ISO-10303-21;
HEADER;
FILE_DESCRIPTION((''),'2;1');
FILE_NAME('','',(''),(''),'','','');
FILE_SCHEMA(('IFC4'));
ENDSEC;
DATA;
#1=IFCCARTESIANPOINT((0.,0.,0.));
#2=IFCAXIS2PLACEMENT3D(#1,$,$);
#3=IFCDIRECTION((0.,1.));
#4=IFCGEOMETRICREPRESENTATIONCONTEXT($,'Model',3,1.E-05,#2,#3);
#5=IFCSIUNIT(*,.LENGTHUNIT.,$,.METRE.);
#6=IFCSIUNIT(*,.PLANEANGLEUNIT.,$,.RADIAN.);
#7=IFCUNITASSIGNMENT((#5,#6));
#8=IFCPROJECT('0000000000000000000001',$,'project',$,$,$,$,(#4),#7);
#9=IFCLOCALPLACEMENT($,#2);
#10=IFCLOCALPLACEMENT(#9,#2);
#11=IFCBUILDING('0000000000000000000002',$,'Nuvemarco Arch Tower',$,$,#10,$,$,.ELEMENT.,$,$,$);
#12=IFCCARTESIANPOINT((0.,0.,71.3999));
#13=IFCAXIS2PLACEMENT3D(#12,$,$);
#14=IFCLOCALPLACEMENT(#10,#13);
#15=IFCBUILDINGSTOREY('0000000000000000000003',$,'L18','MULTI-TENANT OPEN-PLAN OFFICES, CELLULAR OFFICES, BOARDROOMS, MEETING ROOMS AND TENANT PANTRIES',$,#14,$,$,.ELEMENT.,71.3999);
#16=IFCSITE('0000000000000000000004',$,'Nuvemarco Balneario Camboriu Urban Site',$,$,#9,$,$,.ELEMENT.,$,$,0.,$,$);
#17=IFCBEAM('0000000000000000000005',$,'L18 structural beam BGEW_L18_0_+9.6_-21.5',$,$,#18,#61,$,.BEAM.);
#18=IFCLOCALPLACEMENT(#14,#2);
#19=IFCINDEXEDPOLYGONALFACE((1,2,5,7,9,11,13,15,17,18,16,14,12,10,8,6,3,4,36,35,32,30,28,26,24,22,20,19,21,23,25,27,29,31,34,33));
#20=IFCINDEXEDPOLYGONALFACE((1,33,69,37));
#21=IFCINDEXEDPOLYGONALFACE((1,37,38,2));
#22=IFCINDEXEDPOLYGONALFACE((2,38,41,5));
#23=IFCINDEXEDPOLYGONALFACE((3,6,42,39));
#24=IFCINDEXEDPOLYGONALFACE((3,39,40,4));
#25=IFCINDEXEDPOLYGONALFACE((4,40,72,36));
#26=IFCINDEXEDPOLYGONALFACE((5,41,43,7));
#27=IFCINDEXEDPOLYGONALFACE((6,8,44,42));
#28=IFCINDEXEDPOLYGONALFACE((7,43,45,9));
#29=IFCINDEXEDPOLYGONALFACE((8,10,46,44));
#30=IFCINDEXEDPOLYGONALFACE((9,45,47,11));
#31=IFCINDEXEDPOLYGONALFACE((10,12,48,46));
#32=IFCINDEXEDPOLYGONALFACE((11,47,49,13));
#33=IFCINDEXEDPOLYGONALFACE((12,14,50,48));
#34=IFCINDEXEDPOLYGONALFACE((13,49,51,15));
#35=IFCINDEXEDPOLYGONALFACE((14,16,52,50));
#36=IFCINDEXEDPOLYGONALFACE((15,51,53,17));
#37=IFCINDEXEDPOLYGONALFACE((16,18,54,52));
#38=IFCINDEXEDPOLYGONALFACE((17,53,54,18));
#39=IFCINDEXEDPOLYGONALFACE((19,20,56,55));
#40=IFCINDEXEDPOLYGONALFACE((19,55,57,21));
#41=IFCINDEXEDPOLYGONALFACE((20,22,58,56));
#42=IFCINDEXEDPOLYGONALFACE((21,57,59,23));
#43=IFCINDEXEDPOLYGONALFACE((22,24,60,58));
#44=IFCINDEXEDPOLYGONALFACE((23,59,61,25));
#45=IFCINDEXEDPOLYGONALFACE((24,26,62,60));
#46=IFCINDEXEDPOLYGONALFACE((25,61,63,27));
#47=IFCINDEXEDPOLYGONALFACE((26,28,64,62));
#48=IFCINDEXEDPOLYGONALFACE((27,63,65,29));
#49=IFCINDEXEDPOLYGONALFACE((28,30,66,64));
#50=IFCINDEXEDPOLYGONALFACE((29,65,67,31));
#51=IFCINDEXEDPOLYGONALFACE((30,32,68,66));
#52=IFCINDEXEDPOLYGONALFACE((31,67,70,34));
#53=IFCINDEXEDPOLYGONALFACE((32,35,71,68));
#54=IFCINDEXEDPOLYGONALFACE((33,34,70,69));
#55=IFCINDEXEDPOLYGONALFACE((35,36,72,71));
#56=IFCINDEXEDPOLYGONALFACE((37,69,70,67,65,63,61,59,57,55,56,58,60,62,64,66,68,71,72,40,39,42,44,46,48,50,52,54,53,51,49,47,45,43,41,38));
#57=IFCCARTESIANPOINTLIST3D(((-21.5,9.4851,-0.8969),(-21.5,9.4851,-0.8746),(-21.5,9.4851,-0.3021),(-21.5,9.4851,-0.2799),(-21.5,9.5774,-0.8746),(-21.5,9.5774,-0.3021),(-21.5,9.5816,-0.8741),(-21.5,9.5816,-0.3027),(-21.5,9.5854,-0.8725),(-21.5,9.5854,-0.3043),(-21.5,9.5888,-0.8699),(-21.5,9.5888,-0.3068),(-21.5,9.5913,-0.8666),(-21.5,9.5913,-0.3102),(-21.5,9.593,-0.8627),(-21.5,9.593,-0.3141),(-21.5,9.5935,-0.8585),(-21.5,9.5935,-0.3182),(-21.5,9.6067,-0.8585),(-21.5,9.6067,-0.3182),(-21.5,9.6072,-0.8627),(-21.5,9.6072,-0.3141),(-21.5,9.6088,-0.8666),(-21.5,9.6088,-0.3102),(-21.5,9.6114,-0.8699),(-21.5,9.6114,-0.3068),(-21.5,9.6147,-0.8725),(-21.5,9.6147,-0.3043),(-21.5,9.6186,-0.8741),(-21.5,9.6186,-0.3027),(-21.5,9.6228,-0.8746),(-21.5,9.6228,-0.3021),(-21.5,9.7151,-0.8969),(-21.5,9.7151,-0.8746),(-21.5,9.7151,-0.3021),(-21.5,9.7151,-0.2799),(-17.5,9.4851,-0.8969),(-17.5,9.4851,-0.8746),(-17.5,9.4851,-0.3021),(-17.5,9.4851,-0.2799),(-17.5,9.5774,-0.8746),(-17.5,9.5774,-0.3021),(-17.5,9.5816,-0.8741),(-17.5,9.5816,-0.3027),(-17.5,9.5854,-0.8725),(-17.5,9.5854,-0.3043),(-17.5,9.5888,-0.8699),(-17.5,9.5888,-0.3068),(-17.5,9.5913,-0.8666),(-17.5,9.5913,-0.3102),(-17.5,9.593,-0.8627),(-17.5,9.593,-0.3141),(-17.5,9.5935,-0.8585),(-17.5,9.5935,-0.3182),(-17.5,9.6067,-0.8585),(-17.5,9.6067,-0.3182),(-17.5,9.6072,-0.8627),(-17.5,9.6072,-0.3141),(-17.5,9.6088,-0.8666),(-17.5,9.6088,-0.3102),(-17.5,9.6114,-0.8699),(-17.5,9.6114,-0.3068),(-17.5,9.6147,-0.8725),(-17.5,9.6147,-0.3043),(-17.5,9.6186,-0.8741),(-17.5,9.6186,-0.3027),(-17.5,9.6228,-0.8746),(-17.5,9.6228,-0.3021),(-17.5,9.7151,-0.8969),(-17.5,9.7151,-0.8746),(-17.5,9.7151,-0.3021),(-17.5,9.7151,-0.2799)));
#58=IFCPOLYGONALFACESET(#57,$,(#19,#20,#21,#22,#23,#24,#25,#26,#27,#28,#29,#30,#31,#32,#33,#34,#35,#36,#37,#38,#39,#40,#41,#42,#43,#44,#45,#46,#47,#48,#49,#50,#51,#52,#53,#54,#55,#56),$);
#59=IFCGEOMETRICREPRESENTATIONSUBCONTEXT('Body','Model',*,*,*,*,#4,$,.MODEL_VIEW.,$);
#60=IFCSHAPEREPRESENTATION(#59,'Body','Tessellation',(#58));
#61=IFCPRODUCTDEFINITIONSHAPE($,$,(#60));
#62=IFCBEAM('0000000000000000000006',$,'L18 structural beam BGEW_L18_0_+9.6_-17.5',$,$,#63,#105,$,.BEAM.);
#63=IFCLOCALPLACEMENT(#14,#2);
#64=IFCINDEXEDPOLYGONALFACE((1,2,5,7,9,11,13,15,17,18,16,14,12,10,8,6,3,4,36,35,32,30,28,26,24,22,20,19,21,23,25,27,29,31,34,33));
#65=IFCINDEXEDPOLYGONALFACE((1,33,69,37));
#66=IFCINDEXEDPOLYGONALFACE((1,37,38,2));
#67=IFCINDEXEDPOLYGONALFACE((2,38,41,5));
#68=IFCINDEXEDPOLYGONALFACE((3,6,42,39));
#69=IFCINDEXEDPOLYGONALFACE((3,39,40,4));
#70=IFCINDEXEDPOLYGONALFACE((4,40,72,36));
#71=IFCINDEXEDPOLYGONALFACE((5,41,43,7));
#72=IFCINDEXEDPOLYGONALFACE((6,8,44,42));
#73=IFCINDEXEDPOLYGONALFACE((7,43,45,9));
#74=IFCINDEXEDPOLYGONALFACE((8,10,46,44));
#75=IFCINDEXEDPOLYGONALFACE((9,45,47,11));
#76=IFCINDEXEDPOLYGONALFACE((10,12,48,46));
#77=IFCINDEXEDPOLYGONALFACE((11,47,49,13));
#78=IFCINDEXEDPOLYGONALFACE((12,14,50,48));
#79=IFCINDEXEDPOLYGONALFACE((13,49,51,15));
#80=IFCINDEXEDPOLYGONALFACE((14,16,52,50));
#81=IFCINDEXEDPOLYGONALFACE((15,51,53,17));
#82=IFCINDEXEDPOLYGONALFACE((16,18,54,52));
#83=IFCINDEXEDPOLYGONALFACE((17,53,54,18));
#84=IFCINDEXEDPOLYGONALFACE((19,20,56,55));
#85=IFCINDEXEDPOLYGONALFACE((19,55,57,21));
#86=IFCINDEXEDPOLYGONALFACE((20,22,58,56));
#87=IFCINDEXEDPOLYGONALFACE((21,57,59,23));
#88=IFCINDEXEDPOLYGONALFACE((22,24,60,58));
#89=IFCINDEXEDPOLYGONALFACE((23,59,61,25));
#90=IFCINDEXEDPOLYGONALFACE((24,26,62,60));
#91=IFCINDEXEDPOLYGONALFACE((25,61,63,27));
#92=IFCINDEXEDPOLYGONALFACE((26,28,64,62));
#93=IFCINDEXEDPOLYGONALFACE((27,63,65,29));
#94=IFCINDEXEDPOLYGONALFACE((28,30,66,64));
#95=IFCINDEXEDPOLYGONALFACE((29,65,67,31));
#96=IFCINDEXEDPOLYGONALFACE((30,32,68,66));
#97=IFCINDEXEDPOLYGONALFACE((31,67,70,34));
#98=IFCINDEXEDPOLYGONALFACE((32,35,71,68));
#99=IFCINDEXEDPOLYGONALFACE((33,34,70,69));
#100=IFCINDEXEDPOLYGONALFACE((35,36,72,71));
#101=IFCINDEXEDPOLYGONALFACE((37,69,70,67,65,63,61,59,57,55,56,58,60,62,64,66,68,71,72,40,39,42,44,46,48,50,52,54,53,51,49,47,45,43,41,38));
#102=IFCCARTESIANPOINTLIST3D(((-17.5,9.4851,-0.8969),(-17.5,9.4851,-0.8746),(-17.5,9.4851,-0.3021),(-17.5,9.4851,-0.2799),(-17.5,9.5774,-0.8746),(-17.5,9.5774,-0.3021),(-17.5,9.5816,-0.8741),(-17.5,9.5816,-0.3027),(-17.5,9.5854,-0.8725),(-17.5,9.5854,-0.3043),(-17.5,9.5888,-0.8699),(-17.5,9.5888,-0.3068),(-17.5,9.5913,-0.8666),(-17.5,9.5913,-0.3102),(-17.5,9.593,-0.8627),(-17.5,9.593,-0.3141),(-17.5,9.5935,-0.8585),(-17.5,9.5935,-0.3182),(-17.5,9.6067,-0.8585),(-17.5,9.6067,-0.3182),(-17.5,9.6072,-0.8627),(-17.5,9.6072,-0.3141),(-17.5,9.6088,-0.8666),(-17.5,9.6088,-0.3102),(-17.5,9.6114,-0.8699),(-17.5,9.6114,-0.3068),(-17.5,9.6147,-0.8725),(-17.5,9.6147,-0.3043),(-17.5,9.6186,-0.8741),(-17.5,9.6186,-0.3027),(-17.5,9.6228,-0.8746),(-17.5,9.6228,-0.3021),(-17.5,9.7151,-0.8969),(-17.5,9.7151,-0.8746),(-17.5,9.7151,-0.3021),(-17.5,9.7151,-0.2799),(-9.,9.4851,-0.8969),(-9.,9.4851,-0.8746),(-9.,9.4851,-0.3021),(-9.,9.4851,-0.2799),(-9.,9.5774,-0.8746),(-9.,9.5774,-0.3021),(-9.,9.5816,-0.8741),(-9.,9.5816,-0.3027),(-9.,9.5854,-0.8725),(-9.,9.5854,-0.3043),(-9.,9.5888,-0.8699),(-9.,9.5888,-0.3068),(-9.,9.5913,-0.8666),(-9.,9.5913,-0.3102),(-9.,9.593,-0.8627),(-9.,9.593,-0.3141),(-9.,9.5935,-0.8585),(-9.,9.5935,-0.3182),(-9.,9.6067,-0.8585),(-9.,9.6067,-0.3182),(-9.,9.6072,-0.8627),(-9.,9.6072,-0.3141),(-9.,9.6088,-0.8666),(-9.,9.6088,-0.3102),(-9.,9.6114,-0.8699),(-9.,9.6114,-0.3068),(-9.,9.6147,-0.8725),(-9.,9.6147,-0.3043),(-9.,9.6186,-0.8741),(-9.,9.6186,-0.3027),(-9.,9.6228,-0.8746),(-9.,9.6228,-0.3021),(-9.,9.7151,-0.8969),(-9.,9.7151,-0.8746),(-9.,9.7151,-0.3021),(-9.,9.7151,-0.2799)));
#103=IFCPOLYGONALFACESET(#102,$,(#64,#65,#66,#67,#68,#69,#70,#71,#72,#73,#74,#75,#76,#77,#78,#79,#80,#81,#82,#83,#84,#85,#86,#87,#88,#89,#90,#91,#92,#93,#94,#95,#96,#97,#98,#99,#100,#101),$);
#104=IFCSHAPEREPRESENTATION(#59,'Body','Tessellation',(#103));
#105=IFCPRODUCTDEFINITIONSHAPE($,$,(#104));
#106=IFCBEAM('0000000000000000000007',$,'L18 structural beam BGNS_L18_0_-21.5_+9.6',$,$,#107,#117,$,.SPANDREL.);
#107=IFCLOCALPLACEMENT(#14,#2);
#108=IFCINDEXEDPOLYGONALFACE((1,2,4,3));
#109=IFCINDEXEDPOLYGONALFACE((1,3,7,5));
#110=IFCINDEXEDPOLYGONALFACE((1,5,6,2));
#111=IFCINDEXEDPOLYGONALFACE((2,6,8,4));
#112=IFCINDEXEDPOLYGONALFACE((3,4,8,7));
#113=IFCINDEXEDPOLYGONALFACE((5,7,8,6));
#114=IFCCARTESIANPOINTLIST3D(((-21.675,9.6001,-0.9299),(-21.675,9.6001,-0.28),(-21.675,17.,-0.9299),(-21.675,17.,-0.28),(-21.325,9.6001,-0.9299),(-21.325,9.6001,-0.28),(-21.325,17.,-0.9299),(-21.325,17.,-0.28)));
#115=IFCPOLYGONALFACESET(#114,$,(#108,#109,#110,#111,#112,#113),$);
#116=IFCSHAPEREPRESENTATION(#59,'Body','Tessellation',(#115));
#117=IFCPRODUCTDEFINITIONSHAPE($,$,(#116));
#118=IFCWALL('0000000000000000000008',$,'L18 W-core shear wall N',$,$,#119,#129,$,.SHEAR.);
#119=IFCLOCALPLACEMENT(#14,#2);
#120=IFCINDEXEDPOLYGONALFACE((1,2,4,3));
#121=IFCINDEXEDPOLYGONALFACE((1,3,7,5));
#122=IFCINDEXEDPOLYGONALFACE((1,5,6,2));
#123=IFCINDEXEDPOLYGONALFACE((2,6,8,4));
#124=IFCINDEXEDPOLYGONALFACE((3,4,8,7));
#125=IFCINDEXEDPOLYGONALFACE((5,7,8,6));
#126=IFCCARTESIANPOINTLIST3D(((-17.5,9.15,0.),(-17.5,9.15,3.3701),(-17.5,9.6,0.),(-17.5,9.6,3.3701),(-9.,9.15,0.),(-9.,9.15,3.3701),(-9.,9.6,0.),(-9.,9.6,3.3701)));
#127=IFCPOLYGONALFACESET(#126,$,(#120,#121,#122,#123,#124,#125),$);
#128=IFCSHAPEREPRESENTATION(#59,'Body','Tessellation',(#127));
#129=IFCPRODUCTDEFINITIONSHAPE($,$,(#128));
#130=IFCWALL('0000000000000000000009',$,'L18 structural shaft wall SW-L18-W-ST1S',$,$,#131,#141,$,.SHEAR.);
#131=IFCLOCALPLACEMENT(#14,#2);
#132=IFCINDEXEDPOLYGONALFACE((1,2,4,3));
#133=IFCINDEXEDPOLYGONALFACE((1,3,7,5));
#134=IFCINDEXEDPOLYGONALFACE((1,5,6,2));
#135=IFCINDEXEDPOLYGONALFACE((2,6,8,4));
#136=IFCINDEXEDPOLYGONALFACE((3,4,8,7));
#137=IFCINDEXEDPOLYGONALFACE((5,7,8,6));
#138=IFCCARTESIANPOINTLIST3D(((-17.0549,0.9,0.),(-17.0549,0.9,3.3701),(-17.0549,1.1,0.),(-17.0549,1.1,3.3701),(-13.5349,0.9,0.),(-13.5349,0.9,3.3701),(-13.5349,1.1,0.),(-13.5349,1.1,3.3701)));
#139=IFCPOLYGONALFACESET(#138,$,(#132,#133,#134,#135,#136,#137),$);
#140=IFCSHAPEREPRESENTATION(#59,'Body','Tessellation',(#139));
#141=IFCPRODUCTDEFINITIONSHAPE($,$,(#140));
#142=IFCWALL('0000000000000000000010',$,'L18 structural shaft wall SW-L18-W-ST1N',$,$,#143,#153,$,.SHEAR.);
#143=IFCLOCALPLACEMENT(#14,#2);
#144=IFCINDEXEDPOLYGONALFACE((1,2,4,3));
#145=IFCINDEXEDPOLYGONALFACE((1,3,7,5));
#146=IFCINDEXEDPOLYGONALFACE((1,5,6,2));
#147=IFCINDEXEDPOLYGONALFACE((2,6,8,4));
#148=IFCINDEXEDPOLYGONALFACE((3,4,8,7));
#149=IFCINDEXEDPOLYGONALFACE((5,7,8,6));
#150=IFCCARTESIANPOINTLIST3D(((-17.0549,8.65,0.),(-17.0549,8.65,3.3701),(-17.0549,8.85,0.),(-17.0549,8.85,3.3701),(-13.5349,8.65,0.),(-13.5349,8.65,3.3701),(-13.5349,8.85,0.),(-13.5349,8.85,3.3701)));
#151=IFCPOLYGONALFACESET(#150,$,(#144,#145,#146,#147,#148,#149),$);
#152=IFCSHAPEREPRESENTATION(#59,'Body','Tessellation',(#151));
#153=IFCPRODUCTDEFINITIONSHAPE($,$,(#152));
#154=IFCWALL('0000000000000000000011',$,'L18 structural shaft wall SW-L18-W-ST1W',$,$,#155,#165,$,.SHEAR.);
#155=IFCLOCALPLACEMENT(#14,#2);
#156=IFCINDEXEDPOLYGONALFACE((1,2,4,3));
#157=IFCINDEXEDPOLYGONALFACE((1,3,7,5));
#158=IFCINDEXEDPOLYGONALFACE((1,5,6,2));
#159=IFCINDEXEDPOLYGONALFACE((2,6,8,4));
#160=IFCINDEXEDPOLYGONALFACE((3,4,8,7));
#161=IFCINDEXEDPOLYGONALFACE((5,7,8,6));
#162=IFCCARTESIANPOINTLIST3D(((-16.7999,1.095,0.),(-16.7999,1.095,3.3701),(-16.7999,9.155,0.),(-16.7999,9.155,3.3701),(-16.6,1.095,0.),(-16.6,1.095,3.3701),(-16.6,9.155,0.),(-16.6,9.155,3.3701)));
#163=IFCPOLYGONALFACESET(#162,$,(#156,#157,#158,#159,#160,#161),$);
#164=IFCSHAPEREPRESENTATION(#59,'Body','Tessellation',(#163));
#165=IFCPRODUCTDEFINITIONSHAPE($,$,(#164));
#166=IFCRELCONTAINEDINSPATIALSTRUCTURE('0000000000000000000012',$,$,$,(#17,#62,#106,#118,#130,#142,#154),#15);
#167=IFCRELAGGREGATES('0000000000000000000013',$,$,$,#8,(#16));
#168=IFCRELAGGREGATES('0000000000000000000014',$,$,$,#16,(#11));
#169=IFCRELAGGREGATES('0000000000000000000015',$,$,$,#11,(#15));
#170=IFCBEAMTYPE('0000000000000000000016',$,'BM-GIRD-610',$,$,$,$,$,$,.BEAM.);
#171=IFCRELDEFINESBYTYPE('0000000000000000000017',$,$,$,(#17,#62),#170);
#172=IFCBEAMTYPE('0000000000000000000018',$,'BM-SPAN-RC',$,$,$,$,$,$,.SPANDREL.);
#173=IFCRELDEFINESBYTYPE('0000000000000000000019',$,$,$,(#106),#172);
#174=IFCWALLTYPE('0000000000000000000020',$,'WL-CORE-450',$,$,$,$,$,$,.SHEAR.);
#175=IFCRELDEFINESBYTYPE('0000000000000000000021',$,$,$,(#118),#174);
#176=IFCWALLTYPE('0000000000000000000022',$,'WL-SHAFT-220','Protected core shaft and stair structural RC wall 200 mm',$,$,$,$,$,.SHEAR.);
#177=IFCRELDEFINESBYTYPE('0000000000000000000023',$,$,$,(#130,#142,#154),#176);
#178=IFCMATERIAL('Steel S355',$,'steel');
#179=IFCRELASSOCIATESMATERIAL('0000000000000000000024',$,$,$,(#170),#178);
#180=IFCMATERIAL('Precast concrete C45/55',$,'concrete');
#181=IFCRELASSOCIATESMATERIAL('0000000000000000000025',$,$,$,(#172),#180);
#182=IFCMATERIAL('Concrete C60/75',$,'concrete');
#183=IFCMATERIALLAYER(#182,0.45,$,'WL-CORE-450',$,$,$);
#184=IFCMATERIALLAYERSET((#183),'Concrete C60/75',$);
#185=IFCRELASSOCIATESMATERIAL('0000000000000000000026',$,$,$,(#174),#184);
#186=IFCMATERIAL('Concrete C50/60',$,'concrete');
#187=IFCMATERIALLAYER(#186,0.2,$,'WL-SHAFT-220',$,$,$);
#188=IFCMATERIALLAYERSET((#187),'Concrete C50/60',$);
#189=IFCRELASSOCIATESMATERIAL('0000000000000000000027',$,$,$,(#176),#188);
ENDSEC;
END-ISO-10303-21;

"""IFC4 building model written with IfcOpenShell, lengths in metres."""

from ifc_helpers import new_model, si_unit, direction, frame, frame_2d, origin, origin_2d, place, context, subcontext, project, spatial, rectangle, i_section, extrude, material, layer, layer_set, material_profile, profile_set, type_object, element, save


model = new_model("IFC4")

# Units and contexts
model_context = context("Model", 3, precision=1e-05, world=origin(), true_north=direction((0.0, 1.0)))
body_context = subcontext(model_context, "Body", "Model", "MODEL_VIEW")
ifc_project = project(units=[si_unit("LENGTHUNIT", "METRE"), si_unit("PLANEANGLEUNIT", "RADIAN")], contexts=[model_context])

# Site, building, storey
site_placement = place(None, origin())
site = spatial("IfcSite", under=ifc_project, at=site_placement, Name="Nuvemarco Balneario Camboriu Urban Site", CompositionType="ELEMENT", RefElevation=0.0)
building_placement = place(site_placement, origin())
building = spatial("IfcBuilding", under=site, at=building_placement, Name="Nuvemarco Arch Tower", CompositionType="ELEMENT")
storey_placement = place(building_placement, frame((0.0, 0.0, 71.3999)))
storey = spatial("IfcBuildingStorey", under=building, at=storey_placement, Name="L18", Description="MULTI-TENANT OPEN-PLAN OFFICES, CELLULAR OFFICES, BOARDROOMS, MEETING ROOMS AND TENANT PANTRIES", CompositionType="ELEMENT", Elevation=71.3999)

# Shared definitions
ifc_material_1 = material(Name="Concrete C60/75", Category="concrete")

# Beams
ifc_material_2 = material(Name="Steel S355", Category="steel")
ifc_material_profile_1 = material_profile(ifc_material_2, i_section(OverallWidth=0.23, OverallDepth=0.6169, WebThickness=0.0132, FlangeThickness=0.0222, FilletRadius=0.0161, at=origin_2d()), Name="W610x140")
ifc_profile_set_1 = profile_set([ifc_material_profile_1], Name="Steel S355")
beam_type_1 = type_object("IfcBeamType", Name="BM-GIRD-610", PredefinedType="BEAM", material=ifc_profile_set_1)
beam_1_placement = place(storey_placement, frame((-21.5, 9.6001, -0.5884), z_axis=(1.0, 0.0, 0.0), x_axis=(0.0, 1.0, 0.0)))
element("IfcBeam", 1, at=beam_1_placement, inside=storey, type_object=beam_type_1, Name="L18 structural beam BGEW_L18_0_+9.6_-21.5", PredefinedType="BEAM", context=body_context, shape_type="SweptSolid", body=[
    extrude(i_section(OverallWidth=0.23, OverallDepth=0.6169, WebThickness=0.0132, FlangeThickness=0.0222, FilletRadius=0.0161, at=origin_2d()), origin(), (0.0, 0.0, 1.0), 4.0),
])
beam_2_placement = place(storey_placement, frame((-17.5, 9.6001, -0.5884), z_axis=(1.0, 0.0, 0.0), x_axis=(0.0, 1.0, 0.0)))
element("IfcBeam", 2, at=beam_2_placement, inside=storey, type_object=beam_type_1, Name="L18 structural beam BGEW_L18_0_+9.6_-17.5", PredefinedType="BEAM", context=body_context, shape_type="SweptSolid", body=[
    extrude(i_section(OverallWidth=0.23, OverallDepth=0.6169, WebThickness=0.0132, FlangeThickness=0.0222, FilletRadius=0.0161, at=origin_2d()), origin(), (0.0, 0.0, 1.0), 8.5),
])
ifc_material_3 = material(Name="Precast concrete C45/55", Category="concrete")
ifc_material_profile_2 = material_profile(ifc_material_3, rectangle(XDim=0.3501, YDim=0.6499, at=origin_2d()), Name="PC-SP-350x650")
ifc_profile_set_2 = profile_set([ifc_material_profile_2], Name="Precast concrete C45/55")
beam_type_2 = type_object("IfcBeamType", Name="BM-SPAN-RC", PredefinedType="SPANDREL", material=ifc_profile_set_2)
beam_3_placement = place(storey_placement, frame((-21.5, 9.6001, -0.605), z_axis=(0.0, 1.0, 0.0), x_axis=(-1.0, 0.0, 0.0)))
element("IfcBeam", 3, at=beam_3_placement, inside=storey, type_object=beam_type_2, Name="L18 structural beam BGNS_L18_0_-21.5_+9.6", PredefinedType="SPANDREL", context=body_context, shape_type="SweptSolid", body=[
    extrude(rectangle(XDim=0.3501, YDim=0.6499, at=origin_2d()), origin(), (0.0, 0.0, 1.0), 7.3999),
])

# Walls
ifc_layer_1 = layer(ifc_material_1, 0.45, Name="WL-CORE-450")
ifc_layer_set_1 = layer_set([ifc_layer_1], Name="Concrete C60/75")
wall_type_1 = type_object("IfcWallType", Name="WL-CORE-450", PredefinedType="SHEAR", material=ifc_layer_set_1)
wall_1_placement = place(storey_placement, frame((-17.5, 9.375, 0.0), z_axis=(0.0, 0.0, 1.0), x_axis=(1.0, 0.0, 0.0)))
element("IfcWall", 4, at=wall_1_placement, inside=storey, type_object=wall_type_1, Name="L18 W-core shear wall N", PredefinedType="SHEAR", context=body_context, shape_type="SweptSolid", body=[
    extrude(rectangle(XDim=8.5, YDim=0.45, at=frame_2d((4.25, 0.0))), origin(), (0.0, 0.0, 1.0), 3.3701),
])
ifc_material_4 = material(Name="Concrete C50/60", Category="concrete")
ifc_layer_2 = layer(ifc_material_4, 0.2, Name="WL-SHAFT-220")
ifc_layer_set_2 = layer_set([ifc_layer_2], Name="Concrete C50/60")
wall_type_2 = type_object("IfcWallType", Name="WL-SHAFT-220", Description="Protected core shaft and stair structural RC wall 200 mm", PredefinedType="SHEAR", material=ifc_layer_set_2)
for number, where, z_axis, x_axis, name in (
    (5, (-17.0549, 1.0, 0.0), (0.0, 0.0, 1.0), (1.0, 0.0, 0.0), "L18 structural shaft wall SW-L18-W-ST1S"),
    (6, (-17.0549, 8.75, 0.0), (0.0, 0.0, 1.0), (1.0, 0.0, 0.0), "L18 structural shaft wall SW-L18-W-ST1N"),
):
    element("IfcWall", number, at=place(storey_placement, frame(where, z_axis=z_axis, x_axis=x_axis)), inside=storey, type_object=wall_type_2, Name=name, PredefinedType="SHEAR", context=body_context, shape_type="SweptSolid", body=[
        extrude(rectangle(XDim=3.52, YDim=0.2, at=frame_2d((1.76, 0.0))), origin(), (0.0, 0.0, 1.0), 3.3701),
    ])
wall_2_placement = place(storey_placement, frame((-16.7, 1.095, 0.0), z_axis=(0.0, 0.0, 1.0), x_axis=(0.0, 1.0, 0.0)))
element("IfcWall", 7, at=wall_2_placement, inside=storey, type_object=wall_type_2, Name="L18 structural shaft wall SW-L18-W-ST1W", PredefinedType="SHEAR", context=body_context, shape_type="SweptSolid", body=[
    extrude(rectangle(XDim=8.0601, YDim=0.2, at=frame_2d((4.03, 0.0))), origin(), (0.0, 0.0, 1.0), 3.3701),
])

save(model, "model.ifc")
